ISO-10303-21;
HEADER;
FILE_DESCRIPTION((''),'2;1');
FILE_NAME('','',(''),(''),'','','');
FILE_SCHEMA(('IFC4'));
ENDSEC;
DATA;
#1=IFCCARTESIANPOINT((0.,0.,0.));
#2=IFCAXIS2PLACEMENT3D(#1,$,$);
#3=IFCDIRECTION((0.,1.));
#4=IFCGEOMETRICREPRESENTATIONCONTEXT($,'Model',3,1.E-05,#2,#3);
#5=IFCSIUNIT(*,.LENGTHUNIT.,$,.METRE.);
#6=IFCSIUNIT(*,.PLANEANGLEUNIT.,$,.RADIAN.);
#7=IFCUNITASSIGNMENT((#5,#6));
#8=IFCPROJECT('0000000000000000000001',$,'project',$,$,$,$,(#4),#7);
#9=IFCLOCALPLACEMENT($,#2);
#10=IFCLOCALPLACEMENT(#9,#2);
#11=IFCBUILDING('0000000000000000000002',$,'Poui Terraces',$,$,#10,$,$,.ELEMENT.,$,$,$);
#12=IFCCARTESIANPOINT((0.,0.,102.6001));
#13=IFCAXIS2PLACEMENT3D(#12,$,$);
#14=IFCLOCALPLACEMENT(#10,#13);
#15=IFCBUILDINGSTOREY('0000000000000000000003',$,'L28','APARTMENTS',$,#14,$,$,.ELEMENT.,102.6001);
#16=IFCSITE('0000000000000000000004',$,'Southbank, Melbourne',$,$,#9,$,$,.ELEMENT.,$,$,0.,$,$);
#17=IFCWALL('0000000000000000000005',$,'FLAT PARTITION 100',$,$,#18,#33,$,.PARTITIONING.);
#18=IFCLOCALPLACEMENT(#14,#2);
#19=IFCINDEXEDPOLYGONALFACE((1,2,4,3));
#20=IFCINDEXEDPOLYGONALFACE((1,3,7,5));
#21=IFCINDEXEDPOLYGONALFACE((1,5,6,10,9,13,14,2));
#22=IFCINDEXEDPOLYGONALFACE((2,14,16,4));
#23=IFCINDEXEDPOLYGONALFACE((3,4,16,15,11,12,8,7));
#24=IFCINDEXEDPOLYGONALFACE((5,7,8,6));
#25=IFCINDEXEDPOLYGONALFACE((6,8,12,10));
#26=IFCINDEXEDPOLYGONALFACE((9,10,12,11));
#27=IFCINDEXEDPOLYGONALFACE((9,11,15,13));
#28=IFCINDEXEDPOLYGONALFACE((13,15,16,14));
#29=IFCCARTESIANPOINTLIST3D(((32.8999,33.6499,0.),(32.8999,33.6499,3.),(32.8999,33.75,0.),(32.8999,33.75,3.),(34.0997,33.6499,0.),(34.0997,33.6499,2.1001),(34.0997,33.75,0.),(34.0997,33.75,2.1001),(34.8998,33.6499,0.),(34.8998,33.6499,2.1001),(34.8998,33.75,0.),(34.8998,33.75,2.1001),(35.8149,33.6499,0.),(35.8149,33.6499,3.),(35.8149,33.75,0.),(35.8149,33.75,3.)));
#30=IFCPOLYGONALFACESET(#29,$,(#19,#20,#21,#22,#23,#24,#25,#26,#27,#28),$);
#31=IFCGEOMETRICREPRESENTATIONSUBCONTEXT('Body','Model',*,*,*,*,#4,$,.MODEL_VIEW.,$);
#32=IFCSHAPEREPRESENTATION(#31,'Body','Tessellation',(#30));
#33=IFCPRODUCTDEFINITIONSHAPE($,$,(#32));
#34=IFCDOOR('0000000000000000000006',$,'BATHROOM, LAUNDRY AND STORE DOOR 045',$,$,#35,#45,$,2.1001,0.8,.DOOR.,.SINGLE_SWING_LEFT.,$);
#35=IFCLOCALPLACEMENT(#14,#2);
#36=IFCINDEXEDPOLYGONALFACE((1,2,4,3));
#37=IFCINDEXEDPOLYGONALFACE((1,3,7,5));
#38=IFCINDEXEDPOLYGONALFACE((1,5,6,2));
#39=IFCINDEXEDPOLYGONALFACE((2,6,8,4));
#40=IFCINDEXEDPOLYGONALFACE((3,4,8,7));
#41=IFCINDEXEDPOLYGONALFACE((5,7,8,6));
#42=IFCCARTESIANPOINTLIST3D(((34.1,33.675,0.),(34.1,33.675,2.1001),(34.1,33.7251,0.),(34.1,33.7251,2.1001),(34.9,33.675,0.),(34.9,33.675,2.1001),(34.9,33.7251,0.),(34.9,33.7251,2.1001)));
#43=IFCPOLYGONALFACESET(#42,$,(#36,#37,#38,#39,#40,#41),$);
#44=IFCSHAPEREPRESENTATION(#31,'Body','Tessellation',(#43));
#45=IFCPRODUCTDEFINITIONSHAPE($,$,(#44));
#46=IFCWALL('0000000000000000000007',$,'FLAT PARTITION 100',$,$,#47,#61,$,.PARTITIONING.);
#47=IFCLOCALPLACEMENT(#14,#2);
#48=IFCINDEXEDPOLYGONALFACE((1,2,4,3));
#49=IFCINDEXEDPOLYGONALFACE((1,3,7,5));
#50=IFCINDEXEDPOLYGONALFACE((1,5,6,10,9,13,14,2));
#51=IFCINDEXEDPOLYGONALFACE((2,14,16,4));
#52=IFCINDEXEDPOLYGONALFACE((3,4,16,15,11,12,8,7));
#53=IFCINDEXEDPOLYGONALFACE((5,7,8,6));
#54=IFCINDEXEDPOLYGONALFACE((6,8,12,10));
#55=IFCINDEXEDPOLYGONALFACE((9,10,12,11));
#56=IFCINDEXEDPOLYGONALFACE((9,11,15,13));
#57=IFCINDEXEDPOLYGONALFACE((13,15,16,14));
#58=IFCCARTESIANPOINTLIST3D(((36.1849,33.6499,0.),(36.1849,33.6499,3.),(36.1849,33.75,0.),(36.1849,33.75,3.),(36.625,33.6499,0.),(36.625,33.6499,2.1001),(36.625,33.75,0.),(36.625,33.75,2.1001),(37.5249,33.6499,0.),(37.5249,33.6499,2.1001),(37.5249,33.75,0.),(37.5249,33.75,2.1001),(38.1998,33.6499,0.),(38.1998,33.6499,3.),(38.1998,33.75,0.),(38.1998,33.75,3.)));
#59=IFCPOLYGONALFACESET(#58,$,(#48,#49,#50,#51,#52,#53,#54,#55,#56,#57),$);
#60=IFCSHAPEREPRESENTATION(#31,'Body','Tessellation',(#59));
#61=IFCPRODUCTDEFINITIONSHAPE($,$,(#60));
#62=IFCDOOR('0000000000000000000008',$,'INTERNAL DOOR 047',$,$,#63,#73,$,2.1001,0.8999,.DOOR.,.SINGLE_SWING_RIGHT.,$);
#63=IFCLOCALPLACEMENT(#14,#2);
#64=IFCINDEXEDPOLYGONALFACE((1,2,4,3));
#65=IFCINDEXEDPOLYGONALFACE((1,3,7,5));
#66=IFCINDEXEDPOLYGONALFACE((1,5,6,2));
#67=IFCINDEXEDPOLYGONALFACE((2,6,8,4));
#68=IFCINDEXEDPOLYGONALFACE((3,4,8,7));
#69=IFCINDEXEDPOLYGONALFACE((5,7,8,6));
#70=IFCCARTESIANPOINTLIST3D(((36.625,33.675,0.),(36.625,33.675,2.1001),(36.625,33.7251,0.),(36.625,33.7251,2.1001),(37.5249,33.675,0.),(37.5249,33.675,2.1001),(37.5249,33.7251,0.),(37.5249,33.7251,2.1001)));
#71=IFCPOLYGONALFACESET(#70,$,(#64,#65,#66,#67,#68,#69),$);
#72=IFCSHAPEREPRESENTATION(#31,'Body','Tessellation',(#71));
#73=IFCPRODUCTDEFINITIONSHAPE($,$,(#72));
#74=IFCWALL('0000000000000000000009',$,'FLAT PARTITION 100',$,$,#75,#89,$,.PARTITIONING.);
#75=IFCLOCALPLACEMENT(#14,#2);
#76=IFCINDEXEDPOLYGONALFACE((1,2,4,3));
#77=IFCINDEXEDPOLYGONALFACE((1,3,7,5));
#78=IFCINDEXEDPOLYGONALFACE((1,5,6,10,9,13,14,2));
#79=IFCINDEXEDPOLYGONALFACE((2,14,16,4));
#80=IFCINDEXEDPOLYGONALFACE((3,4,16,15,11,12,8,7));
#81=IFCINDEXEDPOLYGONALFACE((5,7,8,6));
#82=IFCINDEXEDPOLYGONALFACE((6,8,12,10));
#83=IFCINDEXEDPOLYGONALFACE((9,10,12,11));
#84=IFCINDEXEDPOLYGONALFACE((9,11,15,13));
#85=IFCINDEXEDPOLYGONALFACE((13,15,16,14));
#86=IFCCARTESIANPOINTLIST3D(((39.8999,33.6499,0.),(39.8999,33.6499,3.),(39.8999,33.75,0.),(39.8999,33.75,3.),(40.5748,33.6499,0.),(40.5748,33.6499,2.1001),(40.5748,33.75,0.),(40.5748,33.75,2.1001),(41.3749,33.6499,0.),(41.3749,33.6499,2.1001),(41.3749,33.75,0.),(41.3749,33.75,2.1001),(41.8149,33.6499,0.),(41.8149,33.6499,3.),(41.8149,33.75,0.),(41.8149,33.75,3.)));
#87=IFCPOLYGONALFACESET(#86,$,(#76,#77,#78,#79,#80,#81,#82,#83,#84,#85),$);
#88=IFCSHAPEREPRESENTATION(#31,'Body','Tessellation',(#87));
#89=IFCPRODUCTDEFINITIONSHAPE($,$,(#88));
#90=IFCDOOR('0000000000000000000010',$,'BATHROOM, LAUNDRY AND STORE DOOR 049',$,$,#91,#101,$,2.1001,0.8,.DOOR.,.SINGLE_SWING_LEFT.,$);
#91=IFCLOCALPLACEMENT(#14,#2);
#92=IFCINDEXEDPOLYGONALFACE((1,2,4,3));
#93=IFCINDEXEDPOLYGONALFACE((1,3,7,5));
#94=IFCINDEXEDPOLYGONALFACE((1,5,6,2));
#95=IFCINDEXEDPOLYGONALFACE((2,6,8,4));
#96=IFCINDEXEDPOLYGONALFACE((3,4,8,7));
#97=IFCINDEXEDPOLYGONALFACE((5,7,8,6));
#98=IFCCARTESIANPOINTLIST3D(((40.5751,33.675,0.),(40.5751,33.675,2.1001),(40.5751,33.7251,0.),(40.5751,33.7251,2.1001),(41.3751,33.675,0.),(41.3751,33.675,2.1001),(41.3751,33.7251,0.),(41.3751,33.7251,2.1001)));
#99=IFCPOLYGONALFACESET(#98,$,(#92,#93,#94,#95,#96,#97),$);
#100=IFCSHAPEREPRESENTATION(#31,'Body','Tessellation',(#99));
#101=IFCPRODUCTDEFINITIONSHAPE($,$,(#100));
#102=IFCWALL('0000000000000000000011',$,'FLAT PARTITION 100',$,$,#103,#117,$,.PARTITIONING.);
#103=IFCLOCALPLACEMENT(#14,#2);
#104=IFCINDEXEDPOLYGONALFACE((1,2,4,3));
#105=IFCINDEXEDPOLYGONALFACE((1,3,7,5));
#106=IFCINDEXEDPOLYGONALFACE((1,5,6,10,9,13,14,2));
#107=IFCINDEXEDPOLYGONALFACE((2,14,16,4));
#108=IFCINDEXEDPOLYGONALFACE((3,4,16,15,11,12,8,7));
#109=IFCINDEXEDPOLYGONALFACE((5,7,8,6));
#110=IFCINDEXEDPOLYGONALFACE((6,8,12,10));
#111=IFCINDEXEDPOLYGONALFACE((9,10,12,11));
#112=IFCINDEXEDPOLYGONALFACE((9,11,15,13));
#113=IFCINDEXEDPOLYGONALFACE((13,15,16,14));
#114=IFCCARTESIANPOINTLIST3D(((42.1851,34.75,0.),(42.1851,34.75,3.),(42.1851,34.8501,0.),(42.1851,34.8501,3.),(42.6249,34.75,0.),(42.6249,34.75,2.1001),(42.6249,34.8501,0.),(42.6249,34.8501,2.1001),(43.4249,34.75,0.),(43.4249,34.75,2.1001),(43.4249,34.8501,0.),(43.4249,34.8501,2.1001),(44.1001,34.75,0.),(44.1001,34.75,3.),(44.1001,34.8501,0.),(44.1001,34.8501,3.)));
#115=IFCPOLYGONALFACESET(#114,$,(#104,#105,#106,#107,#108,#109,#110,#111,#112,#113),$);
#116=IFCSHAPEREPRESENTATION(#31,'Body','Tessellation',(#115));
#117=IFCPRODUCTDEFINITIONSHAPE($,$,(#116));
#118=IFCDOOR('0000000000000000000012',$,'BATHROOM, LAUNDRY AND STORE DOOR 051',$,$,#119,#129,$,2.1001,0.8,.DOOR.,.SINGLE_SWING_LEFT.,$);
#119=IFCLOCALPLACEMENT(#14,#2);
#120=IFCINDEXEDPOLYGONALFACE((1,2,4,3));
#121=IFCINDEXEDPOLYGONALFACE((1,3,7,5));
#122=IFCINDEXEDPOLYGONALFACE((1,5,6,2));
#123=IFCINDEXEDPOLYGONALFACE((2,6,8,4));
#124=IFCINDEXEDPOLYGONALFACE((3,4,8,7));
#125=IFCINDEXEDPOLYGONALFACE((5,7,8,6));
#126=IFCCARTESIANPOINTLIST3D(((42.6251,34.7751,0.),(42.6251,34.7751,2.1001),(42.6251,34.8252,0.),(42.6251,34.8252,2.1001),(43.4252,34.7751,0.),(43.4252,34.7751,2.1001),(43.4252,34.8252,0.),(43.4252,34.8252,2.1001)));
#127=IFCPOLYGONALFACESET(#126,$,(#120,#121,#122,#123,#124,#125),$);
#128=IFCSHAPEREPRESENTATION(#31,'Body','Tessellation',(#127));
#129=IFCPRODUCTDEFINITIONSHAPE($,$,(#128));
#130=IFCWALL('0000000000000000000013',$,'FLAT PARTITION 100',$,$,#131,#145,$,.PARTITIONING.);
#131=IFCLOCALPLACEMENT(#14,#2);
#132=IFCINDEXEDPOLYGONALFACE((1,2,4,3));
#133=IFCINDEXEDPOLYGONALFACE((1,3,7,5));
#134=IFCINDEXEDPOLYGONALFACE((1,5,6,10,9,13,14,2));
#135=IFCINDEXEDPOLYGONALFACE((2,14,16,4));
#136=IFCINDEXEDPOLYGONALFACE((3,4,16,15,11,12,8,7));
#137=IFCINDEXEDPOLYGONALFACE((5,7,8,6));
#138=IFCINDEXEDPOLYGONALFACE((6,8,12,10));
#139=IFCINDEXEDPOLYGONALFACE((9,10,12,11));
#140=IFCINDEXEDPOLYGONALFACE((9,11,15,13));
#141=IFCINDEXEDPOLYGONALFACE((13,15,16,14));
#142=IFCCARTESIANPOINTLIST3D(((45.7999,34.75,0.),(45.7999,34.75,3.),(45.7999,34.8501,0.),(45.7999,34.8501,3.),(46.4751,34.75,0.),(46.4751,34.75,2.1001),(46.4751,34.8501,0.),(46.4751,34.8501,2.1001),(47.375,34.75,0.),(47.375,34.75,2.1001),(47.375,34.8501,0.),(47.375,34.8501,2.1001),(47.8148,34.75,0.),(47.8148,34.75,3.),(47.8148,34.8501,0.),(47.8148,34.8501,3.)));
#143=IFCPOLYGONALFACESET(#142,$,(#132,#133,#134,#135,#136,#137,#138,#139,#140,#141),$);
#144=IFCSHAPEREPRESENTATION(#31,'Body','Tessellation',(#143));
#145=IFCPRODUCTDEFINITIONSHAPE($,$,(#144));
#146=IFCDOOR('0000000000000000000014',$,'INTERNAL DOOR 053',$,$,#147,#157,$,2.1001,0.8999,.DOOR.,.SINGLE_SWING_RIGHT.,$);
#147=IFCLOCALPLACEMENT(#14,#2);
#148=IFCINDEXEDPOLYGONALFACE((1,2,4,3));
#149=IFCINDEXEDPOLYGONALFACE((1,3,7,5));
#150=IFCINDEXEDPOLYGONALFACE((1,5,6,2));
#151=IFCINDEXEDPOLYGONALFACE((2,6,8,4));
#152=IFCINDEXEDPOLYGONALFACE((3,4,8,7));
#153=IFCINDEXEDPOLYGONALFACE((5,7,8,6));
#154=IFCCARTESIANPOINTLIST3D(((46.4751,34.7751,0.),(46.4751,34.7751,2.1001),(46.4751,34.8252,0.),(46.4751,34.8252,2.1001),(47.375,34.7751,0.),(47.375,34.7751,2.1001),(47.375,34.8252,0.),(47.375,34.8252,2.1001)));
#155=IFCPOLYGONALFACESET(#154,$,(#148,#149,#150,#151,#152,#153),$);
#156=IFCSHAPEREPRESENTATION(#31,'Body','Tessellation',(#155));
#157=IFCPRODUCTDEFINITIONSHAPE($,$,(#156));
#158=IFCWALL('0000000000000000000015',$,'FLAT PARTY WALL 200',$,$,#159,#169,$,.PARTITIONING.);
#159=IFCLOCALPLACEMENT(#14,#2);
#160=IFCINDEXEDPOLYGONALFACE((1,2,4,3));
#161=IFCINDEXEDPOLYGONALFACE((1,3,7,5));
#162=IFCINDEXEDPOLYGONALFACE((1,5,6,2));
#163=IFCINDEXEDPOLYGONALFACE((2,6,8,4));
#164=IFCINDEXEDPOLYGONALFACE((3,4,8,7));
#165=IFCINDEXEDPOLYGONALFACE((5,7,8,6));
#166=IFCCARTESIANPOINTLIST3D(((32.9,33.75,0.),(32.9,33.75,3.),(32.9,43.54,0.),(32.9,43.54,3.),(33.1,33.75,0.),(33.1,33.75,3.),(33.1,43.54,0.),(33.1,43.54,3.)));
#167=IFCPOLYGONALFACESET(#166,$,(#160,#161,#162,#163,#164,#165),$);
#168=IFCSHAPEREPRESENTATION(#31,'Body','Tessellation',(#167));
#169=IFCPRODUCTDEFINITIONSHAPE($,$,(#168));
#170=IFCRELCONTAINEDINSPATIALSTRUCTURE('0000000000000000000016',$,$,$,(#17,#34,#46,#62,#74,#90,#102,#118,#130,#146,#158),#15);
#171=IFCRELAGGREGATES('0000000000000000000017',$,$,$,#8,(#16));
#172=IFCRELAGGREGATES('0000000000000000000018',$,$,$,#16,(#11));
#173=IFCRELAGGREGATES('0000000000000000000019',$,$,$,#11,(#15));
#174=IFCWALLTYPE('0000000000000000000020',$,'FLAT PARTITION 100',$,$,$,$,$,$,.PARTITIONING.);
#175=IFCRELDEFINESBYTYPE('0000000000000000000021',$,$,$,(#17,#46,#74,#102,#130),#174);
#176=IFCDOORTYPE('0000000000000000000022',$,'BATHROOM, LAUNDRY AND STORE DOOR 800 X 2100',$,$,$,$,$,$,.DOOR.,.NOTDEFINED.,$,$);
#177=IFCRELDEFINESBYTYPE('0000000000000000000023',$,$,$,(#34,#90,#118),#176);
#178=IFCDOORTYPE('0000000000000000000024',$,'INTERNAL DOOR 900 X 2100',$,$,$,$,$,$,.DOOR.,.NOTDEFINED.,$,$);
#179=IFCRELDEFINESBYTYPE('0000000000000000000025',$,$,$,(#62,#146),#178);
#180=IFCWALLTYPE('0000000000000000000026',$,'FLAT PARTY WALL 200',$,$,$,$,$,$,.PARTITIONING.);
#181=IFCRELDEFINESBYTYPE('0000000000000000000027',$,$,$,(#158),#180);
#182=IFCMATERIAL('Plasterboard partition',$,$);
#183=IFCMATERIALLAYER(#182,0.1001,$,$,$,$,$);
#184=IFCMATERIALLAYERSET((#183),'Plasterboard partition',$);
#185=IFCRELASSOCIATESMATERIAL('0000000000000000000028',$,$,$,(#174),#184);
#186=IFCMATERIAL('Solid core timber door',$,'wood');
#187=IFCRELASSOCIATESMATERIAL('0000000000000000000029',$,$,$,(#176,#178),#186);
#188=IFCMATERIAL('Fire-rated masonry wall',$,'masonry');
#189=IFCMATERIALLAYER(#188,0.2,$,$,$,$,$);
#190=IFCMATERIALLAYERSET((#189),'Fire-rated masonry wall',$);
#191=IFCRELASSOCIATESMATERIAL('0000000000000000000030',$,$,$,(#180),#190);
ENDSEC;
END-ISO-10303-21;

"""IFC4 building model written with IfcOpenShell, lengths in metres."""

from ifc_helpers import new_model, si_unit, direction, frame, frame_2d, origin, place, context, subcontext, project, spatial, rectangle, extrude, material, layer, layer_set, type_object, element, fill, save


model = new_model("IFC4")

# Units and contexts
model_context = context("Model", 3, precision=1e-05, world=origin(), true_north=direction((0.0, 1.0)))
body_context = subcontext(model_context, "Body", "Model", "MODEL_VIEW")
ifc_project = project(units=[si_unit("LENGTHUNIT", "METRE"), si_unit("PLANEANGLEUNIT", "RADIAN")], contexts=[model_context])

# Site, building, storey
site_placement = place(None, origin())
site = spatial("IfcSite", under=ifc_project, at=site_placement, Name="Southbank, Melbourne", CompositionType="ELEMENT", RefElevation=0.0)
building_placement = place(site_placement, origin())
building = spatial("IfcBuilding", under=site, at=building_placement, Name="Poui Terraces", CompositionType="ELEMENT")
storey_placement = place(building_placement, frame((0.0, 0.0, 102.6001)))
storey = spatial("IfcBuildingStorey", under=building, at=storey_placement, Name="L28", Description="APARTMENTS", CompositionType="ELEMENT", Elevation=102.6001)

# Walls, openings, doors
ifc_material_1 = material(Name="Plasterboard partition")
ifc_layer_1 = layer(ifc_material_1, 0.1001)
ifc_layer_set_1 = layer_set([ifc_layer_1], Name="Plasterboard partition")
wall_type_1 = type_object("IfcWallType", Name="FLAT PARTITION 100", PredefinedType="PARTITIONING", material=ifc_layer_set_1)
wall_1_placement = place(storey_placement, frame((32.8999, 33.7, 0.0), z_axis=(0.0, 0.0, 1.0), x_axis=(1.0, 0.0, 0.0)))
wall_1 = element("IfcWall", 1, at=wall_1_placement, inside=storey, type_object=wall_type_1, Name="FLAT PARTITION 100", PredefinedType="PARTITIONING", context=body_context, shape_type="SweptSolid", body=[
    extrude(rectangle(XDim=2.915, YDim=0.1001, at=frame_2d((1.4575, 0.0))), origin(), (0.0, 0.0, 1.0), 3.0),
])
opening_1_placement = place(wall_1_placement, frame((1.2, 0.0, 0.0)))
opening_1 = element("IfcOpeningElement", 2, at=opening_1_placement, cuts=wall_1, PredefinedType="OPENING", context=body_context, shape_type="SweptSolid", body=[
    extrude(rectangle(XDim=0.8, YDim=2.1001, at=frame_2d((0.3999, 1.05))), frame((0.0, 0.0601, 0.0), z_axis=(0.0, -1.0, 0.0), x_axis=(1.0, 0.0, 0.0)), (0.0, 0.0, 1.0), 0.1201),
])
ifc_material_2 = material(Name="Solid core timber door", Category="wood")
door_type_1 = type_object("IfcDoorType", Name="BATHROOM, LAUNDRY AND STORE DOOR 800 X 2100", OperationType="NOTDEFINED", PredefinedType="DOOR", material=ifc_material_2)
door_1_placement = place(opening_1_placement, frame((0.8, 0.0, 0.0), z_axis=(0.0, 0.0, 1.0), x_axis=(-1.0, 0.0, 0.0)))
door_1 = element("IfcDoor", 3, at=door_1_placement, inside=storey, type_object=door_type_1, Name="BATHROOM, LAUNDRY AND STORE DOOR 045", OperationType="SINGLE_SWING_LEFT", OverallHeight=2.1001, OverallWidth=0.8, PredefinedType="DOOR", context=body_context, shape_type="SweptSolid", body=[
    extrude(rectangle(XDim=0.8, YDim=2.1001, at=frame_2d((0.3999, 1.05))), frame((0.0, 0.0249, 0.0), z_axis=(0.0, -1.0, 0.0), x_axis=(1.0, 0.0, 0.0)), (0.0, 0.0, 1.0), 0.05),
])
fill(opening_1, door_1)
wall_2_placement = place(storey_placement, frame((36.1851, 33.7, 0.0), z_axis=(0.0, 0.0, 1.0), x_axis=(1.0, 0.0, 0.0)))
wall_2 = element("IfcWall", 4, at=wall_2_placement, inside=storey, type_object=wall_type_1, Name="FLAT PARTITION 100", PredefinedType="PARTITIONING", context=body_context, shape_type="SweptSolid", body=[
    extrude(rectangle(XDim=2.0149, YDim=0.1001, at=frame_2d((1.0073, 0.0))), origin(), (0.0, 0.0, 1.0), 3.0),
])
opening_2_placement = place(wall_2_placement, frame((0.4399, 0.0, 0.0)))
opening_2 = element("IfcOpeningElement", 5, at=opening_2_placement, cuts=wall_2, PredefinedType="OPENING", context=body_context, shape_type="SweptSolid", body=[
    extrude(rectangle(XDim=0.8999, YDim=2.1001, at=frame_2d((0.45, 1.05))), frame((0.0, 0.0601, 0.0), z_axis=(0.0, -1.0, 0.0), x_axis=(1.0, 0.0, 0.0)), (0.0, 0.0, 1.0), 0.1201),
])
door_type_2 = type_object("IfcDoorType", Name="INTERNAL DOOR 900 X 2100", OperationType="NOTDEFINED", PredefinedType="DOOR", material=ifc_material_2)
door_2_placement = place(opening_2_placement, frame((0.8999, 0.0, 0.0), z_axis=(0.0, 0.0, 1.0), x_axis=(-1.0, 0.0, 0.0)))
door_2 = element("IfcDoor", 6, at=door_2_placement, inside=storey, type_object=door_type_2, Name="INTERNAL DOOR 047", OperationType="SINGLE_SWING_RIGHT", OverallHeight=2.1001, OverallWidth=0.8999, PredefinedType="DOOR", context=body_context, shape_type="SweptSolid", body=[
    extrude(rectangle(XDim=0.8999, YDim=2.1001, at=frame_2d((0.45, 1.05))), frame((0.0, 0.0249, 0.0), z_axis=(0.0, -1.0, 0.0), x_axis=(1.0, 0.0, 0.0)), (0.0, 0.0, 1.0), 0.05),
])
fill(opening_2, door_2)
wall_3_placement = place(storey_placement, frame((39.8999, 33.7, 0.0), z_axis=(0.0, 0.0, 1.0), x_axis=(1.0, 0.0, 0.0)))
wall_3 = element("IfcWall", 7, at=wall_3_placement, inside=storey, type_object=wall_type_1, Name="FLAT PARTITION 100", PredefinedType="PARTITIONING", context=body_context, shape_type="SweptSolid", body=[
    extrude(rectangle(XDim=1.915, YDim=0.1001, at=frame_2d((0.9575, 0.0))), origin(), (0.0, 0.0, 1.0), 3.0),
])
opening_3_placement = place(wall_3_placement, frame((0.675, 0.0, 0.0)))
opening_3 = element("IfcOpeningElement", 8, at=opening_3_placement, cuts=wall_3, PredefinedType="OPENING", context=body_context, shape_type="SweptSolid", body=[
    extrude(rectangle(XDim=0.8, YDim=2.1001, at=frame_2d((0.3999, 1.05))), frame((0.0, 0.0601, 0.0), z_axis=(0.0, -1.0, 0.0), x_axis=(1.0, 0.0, 0.0)), (0.0, 0.0, 1.0), 0.1201),
])
door_3_placement = place(opening_3_placement, frame((0.8, 0.0, 0.0), z_axis=(0.0, 0.0, 1.0), x_axis=(-1.0, 0.0, 0.0)))
door_3 = element("IfcDoor", 9, at=door_3_placement, inside=storey, type_object=door_type_1, Name="BATHROOM, LAUNDRY AND STORE DOOR 049", OperationType="SINGLE_SWING_LEFT", OverallHeight=2.1001, OverallWidth=0.8, PredefinedType="DOOR", context=body_context, shape_type="SweptSolid", body=[
    extrude(rectangle(XDim=0.8, YDim=2.1001, at=frame_2d((0.3999, 1.05))), frame((0.0, 0.0249, 0.0), z_axis=(0.0, -1.0, 0.0), x_axis=(1.0, 0.0, 0.0)), (0.0, 0.0, 1.0), 0.05),
])
fill(opening_3, door_3)
wall_4_placement = place(storey_placement, frame((42.1851, 34.8, 0.0), z_axis=(0.0, 0.0, 1.0), x_axis=(1.0, 0.0, 0.0)))
wall_4 = element("IfcWall", 10, at=wall_4_placement, inside=storey, type_object=wall_type_1, Name="FLAT PARTITION 100", PredefinedType="PARTITIONING", context=body_context, shape_type="SweptSolid", body=[
    extrude(rectangle(XDim=1.915, YDim=0.1001, at=frame_2d((0.9575, 0.0))), origin(), (0.0, 0.0, 1.0), 3.0),
])
opening_4_placement = place(wall_4_placement, frame((0.4399, 0.0, 0.0)))
opening_4 = element("IfcOpeningElement", 11, at=opening_4_placement, cuts=wall_4, PredefinedType="OPENING", context=body_context, shape_type="SweptSolid", body=[
    extrude(rectangle(XDim=0.8, YDim=2.1001, at=frame_2d((0.3999, 1.05))), frame((0.0, 0.0601, 0.0), z_axis=(0.0, -1.0, 0.0), x_axis=(1.0, 0.0, 0.0)), (0.0, 0.0, 1.0), 0.1201),
])
door_4_placement = place(opening_4_placement, frame((0.8, 0.0, 0.0), z_axis=(0.0, 0.0, 1.0), x_axis=(-1.0, 0.0, 0.0)))
door_4 = element("IfcDoor", 12, at=door_4_placement, inside=storey, type_object=door_type_1, Name="BATHROOM, LAUNDRY AND STORE DOOR 051", OperationType="SINGLE_SWING_LEFT", OverallHeight=2.1001, OverallWidth=0.8, PredefinedType="DOOR", context=body_context, shape_type="SweptSolid", body=[
    extrude(rectangle(XDim=0.8, YDim=2.1001, at=frame_2d((0.3999, 1.05))), frame((0.0, 0.0249, 0.0), z_axis=(0.0, -1.0, 0.0), x_axis=(1.0, 0.0, 0.0)), (0.0, 0.0, 1.0), 0.05),
])
fill(opening_4, door_4)
wall_5_placement = place(storey_placement, frame((45.8, 34.8, 0.0), z_axis=(0.0, 0.0, 1.0), x_axis=(1.0, 0.0, 0.0)))
wall_5 = element("IfcWall", 13, at=wall_5_placement, inside=storey, type_object=wall_type_1, Name="FLAT PARTITION 100", PredefinedType="PARTITIONING", context=body_context, shape_type="SweptSolid", body=[
    extrude(rectangle(XDim=2.0149, YDim=0.1001, at=frame_2d((1.0073, 0.0))), origin(), (0.0, 0.0, 1.0), 3.0),
])
opening_5_placement = place(wall_5_placement, frame((0.675, 0.0, 0.0)))
opening_5 = element("IfcOpeningElement", 14, at=opening_5_placement, cuts=wall_5, PredefinedType="OPENING", context=body_context, shape_type="SweptSolid", body=[
    extrude(rectangle(XDim=0.8999, YDim=2.1001, at=frame_2d((0.45, 1.05))), frame((0.0, 0.0601, 0.0), z_axis=(0.0, -1.0, 0.0), x_axis=(1.0, 0.0, 0.0)), (0.0, 0.0, 1.0), 0.1201),
])
door_5_placement = place(opening_5_placement, frame((0.8999, 0.0, 0.0), z_axis=(0.0, 0.0, 1.0), x_axis=(-1.0, 0.0, 0.0)))
door_5 = element("IfcDoor", 15, at=door_5_placement, inside=storey, type_object=door_type_2, Name="INTERNAL DOOR 053", OperationType="SINGLE_SWING_RIGHT", OverallHeight=2.1001, OverallWidth=0.8999, PredefinedType="DOOR", context=body_context, shape_type="SweptSolid", body=[
    extrude(rectangle(XDim=0.8999, YDim=2.1001, at=frame_2d((0.45, 1.05))), frame((0.0, 0.0249, 0.0), z_axis=(0.0, -1.0, 0.0), x_axis=(1.0, 0.0, 0.0)), (0.0, 0.0, 1.0), 0.05),
])
fill(opening_5, door_5)

# Wall
ifc_material_3 = material(Name="Fire-rated masonry wall", Category="masonry")
ifc_layer_2 = layer(ifc_material_3, 0.2)
ifc_layer_set_2 = layer_set([ifc_layer_2], Name="Fire-rated masonry wall")
wall_type_2 = type_object("IfcWallType", Name="FLAT PARTY WALL 200", PredefinedType="PARTITIONING", material=ifc_layer_set_2)
wall_6_placement = place(storey_placement, frame((33.0, 33.75, 0.0), z_axis=(0.0, 0.0, 1.0), x_axis=(0.0, 1.0, 0.0)))
element("IfcWall", 16, at=wall_6_placement, inside=storey, type_object=wall_type_2, Name="FLAT PARTY WALL 200", PredefinedType="PARTITIONING", context=body_context, shape_type="SweptSolid", body=[
    extrude(rectangle(XDim=9.79, YDim=0.2, at=frame_2d((4.895, 0.0))), origin(), (0.0, 0.0, 1.0), 3.0),
])

save(model, "model.ifc")
